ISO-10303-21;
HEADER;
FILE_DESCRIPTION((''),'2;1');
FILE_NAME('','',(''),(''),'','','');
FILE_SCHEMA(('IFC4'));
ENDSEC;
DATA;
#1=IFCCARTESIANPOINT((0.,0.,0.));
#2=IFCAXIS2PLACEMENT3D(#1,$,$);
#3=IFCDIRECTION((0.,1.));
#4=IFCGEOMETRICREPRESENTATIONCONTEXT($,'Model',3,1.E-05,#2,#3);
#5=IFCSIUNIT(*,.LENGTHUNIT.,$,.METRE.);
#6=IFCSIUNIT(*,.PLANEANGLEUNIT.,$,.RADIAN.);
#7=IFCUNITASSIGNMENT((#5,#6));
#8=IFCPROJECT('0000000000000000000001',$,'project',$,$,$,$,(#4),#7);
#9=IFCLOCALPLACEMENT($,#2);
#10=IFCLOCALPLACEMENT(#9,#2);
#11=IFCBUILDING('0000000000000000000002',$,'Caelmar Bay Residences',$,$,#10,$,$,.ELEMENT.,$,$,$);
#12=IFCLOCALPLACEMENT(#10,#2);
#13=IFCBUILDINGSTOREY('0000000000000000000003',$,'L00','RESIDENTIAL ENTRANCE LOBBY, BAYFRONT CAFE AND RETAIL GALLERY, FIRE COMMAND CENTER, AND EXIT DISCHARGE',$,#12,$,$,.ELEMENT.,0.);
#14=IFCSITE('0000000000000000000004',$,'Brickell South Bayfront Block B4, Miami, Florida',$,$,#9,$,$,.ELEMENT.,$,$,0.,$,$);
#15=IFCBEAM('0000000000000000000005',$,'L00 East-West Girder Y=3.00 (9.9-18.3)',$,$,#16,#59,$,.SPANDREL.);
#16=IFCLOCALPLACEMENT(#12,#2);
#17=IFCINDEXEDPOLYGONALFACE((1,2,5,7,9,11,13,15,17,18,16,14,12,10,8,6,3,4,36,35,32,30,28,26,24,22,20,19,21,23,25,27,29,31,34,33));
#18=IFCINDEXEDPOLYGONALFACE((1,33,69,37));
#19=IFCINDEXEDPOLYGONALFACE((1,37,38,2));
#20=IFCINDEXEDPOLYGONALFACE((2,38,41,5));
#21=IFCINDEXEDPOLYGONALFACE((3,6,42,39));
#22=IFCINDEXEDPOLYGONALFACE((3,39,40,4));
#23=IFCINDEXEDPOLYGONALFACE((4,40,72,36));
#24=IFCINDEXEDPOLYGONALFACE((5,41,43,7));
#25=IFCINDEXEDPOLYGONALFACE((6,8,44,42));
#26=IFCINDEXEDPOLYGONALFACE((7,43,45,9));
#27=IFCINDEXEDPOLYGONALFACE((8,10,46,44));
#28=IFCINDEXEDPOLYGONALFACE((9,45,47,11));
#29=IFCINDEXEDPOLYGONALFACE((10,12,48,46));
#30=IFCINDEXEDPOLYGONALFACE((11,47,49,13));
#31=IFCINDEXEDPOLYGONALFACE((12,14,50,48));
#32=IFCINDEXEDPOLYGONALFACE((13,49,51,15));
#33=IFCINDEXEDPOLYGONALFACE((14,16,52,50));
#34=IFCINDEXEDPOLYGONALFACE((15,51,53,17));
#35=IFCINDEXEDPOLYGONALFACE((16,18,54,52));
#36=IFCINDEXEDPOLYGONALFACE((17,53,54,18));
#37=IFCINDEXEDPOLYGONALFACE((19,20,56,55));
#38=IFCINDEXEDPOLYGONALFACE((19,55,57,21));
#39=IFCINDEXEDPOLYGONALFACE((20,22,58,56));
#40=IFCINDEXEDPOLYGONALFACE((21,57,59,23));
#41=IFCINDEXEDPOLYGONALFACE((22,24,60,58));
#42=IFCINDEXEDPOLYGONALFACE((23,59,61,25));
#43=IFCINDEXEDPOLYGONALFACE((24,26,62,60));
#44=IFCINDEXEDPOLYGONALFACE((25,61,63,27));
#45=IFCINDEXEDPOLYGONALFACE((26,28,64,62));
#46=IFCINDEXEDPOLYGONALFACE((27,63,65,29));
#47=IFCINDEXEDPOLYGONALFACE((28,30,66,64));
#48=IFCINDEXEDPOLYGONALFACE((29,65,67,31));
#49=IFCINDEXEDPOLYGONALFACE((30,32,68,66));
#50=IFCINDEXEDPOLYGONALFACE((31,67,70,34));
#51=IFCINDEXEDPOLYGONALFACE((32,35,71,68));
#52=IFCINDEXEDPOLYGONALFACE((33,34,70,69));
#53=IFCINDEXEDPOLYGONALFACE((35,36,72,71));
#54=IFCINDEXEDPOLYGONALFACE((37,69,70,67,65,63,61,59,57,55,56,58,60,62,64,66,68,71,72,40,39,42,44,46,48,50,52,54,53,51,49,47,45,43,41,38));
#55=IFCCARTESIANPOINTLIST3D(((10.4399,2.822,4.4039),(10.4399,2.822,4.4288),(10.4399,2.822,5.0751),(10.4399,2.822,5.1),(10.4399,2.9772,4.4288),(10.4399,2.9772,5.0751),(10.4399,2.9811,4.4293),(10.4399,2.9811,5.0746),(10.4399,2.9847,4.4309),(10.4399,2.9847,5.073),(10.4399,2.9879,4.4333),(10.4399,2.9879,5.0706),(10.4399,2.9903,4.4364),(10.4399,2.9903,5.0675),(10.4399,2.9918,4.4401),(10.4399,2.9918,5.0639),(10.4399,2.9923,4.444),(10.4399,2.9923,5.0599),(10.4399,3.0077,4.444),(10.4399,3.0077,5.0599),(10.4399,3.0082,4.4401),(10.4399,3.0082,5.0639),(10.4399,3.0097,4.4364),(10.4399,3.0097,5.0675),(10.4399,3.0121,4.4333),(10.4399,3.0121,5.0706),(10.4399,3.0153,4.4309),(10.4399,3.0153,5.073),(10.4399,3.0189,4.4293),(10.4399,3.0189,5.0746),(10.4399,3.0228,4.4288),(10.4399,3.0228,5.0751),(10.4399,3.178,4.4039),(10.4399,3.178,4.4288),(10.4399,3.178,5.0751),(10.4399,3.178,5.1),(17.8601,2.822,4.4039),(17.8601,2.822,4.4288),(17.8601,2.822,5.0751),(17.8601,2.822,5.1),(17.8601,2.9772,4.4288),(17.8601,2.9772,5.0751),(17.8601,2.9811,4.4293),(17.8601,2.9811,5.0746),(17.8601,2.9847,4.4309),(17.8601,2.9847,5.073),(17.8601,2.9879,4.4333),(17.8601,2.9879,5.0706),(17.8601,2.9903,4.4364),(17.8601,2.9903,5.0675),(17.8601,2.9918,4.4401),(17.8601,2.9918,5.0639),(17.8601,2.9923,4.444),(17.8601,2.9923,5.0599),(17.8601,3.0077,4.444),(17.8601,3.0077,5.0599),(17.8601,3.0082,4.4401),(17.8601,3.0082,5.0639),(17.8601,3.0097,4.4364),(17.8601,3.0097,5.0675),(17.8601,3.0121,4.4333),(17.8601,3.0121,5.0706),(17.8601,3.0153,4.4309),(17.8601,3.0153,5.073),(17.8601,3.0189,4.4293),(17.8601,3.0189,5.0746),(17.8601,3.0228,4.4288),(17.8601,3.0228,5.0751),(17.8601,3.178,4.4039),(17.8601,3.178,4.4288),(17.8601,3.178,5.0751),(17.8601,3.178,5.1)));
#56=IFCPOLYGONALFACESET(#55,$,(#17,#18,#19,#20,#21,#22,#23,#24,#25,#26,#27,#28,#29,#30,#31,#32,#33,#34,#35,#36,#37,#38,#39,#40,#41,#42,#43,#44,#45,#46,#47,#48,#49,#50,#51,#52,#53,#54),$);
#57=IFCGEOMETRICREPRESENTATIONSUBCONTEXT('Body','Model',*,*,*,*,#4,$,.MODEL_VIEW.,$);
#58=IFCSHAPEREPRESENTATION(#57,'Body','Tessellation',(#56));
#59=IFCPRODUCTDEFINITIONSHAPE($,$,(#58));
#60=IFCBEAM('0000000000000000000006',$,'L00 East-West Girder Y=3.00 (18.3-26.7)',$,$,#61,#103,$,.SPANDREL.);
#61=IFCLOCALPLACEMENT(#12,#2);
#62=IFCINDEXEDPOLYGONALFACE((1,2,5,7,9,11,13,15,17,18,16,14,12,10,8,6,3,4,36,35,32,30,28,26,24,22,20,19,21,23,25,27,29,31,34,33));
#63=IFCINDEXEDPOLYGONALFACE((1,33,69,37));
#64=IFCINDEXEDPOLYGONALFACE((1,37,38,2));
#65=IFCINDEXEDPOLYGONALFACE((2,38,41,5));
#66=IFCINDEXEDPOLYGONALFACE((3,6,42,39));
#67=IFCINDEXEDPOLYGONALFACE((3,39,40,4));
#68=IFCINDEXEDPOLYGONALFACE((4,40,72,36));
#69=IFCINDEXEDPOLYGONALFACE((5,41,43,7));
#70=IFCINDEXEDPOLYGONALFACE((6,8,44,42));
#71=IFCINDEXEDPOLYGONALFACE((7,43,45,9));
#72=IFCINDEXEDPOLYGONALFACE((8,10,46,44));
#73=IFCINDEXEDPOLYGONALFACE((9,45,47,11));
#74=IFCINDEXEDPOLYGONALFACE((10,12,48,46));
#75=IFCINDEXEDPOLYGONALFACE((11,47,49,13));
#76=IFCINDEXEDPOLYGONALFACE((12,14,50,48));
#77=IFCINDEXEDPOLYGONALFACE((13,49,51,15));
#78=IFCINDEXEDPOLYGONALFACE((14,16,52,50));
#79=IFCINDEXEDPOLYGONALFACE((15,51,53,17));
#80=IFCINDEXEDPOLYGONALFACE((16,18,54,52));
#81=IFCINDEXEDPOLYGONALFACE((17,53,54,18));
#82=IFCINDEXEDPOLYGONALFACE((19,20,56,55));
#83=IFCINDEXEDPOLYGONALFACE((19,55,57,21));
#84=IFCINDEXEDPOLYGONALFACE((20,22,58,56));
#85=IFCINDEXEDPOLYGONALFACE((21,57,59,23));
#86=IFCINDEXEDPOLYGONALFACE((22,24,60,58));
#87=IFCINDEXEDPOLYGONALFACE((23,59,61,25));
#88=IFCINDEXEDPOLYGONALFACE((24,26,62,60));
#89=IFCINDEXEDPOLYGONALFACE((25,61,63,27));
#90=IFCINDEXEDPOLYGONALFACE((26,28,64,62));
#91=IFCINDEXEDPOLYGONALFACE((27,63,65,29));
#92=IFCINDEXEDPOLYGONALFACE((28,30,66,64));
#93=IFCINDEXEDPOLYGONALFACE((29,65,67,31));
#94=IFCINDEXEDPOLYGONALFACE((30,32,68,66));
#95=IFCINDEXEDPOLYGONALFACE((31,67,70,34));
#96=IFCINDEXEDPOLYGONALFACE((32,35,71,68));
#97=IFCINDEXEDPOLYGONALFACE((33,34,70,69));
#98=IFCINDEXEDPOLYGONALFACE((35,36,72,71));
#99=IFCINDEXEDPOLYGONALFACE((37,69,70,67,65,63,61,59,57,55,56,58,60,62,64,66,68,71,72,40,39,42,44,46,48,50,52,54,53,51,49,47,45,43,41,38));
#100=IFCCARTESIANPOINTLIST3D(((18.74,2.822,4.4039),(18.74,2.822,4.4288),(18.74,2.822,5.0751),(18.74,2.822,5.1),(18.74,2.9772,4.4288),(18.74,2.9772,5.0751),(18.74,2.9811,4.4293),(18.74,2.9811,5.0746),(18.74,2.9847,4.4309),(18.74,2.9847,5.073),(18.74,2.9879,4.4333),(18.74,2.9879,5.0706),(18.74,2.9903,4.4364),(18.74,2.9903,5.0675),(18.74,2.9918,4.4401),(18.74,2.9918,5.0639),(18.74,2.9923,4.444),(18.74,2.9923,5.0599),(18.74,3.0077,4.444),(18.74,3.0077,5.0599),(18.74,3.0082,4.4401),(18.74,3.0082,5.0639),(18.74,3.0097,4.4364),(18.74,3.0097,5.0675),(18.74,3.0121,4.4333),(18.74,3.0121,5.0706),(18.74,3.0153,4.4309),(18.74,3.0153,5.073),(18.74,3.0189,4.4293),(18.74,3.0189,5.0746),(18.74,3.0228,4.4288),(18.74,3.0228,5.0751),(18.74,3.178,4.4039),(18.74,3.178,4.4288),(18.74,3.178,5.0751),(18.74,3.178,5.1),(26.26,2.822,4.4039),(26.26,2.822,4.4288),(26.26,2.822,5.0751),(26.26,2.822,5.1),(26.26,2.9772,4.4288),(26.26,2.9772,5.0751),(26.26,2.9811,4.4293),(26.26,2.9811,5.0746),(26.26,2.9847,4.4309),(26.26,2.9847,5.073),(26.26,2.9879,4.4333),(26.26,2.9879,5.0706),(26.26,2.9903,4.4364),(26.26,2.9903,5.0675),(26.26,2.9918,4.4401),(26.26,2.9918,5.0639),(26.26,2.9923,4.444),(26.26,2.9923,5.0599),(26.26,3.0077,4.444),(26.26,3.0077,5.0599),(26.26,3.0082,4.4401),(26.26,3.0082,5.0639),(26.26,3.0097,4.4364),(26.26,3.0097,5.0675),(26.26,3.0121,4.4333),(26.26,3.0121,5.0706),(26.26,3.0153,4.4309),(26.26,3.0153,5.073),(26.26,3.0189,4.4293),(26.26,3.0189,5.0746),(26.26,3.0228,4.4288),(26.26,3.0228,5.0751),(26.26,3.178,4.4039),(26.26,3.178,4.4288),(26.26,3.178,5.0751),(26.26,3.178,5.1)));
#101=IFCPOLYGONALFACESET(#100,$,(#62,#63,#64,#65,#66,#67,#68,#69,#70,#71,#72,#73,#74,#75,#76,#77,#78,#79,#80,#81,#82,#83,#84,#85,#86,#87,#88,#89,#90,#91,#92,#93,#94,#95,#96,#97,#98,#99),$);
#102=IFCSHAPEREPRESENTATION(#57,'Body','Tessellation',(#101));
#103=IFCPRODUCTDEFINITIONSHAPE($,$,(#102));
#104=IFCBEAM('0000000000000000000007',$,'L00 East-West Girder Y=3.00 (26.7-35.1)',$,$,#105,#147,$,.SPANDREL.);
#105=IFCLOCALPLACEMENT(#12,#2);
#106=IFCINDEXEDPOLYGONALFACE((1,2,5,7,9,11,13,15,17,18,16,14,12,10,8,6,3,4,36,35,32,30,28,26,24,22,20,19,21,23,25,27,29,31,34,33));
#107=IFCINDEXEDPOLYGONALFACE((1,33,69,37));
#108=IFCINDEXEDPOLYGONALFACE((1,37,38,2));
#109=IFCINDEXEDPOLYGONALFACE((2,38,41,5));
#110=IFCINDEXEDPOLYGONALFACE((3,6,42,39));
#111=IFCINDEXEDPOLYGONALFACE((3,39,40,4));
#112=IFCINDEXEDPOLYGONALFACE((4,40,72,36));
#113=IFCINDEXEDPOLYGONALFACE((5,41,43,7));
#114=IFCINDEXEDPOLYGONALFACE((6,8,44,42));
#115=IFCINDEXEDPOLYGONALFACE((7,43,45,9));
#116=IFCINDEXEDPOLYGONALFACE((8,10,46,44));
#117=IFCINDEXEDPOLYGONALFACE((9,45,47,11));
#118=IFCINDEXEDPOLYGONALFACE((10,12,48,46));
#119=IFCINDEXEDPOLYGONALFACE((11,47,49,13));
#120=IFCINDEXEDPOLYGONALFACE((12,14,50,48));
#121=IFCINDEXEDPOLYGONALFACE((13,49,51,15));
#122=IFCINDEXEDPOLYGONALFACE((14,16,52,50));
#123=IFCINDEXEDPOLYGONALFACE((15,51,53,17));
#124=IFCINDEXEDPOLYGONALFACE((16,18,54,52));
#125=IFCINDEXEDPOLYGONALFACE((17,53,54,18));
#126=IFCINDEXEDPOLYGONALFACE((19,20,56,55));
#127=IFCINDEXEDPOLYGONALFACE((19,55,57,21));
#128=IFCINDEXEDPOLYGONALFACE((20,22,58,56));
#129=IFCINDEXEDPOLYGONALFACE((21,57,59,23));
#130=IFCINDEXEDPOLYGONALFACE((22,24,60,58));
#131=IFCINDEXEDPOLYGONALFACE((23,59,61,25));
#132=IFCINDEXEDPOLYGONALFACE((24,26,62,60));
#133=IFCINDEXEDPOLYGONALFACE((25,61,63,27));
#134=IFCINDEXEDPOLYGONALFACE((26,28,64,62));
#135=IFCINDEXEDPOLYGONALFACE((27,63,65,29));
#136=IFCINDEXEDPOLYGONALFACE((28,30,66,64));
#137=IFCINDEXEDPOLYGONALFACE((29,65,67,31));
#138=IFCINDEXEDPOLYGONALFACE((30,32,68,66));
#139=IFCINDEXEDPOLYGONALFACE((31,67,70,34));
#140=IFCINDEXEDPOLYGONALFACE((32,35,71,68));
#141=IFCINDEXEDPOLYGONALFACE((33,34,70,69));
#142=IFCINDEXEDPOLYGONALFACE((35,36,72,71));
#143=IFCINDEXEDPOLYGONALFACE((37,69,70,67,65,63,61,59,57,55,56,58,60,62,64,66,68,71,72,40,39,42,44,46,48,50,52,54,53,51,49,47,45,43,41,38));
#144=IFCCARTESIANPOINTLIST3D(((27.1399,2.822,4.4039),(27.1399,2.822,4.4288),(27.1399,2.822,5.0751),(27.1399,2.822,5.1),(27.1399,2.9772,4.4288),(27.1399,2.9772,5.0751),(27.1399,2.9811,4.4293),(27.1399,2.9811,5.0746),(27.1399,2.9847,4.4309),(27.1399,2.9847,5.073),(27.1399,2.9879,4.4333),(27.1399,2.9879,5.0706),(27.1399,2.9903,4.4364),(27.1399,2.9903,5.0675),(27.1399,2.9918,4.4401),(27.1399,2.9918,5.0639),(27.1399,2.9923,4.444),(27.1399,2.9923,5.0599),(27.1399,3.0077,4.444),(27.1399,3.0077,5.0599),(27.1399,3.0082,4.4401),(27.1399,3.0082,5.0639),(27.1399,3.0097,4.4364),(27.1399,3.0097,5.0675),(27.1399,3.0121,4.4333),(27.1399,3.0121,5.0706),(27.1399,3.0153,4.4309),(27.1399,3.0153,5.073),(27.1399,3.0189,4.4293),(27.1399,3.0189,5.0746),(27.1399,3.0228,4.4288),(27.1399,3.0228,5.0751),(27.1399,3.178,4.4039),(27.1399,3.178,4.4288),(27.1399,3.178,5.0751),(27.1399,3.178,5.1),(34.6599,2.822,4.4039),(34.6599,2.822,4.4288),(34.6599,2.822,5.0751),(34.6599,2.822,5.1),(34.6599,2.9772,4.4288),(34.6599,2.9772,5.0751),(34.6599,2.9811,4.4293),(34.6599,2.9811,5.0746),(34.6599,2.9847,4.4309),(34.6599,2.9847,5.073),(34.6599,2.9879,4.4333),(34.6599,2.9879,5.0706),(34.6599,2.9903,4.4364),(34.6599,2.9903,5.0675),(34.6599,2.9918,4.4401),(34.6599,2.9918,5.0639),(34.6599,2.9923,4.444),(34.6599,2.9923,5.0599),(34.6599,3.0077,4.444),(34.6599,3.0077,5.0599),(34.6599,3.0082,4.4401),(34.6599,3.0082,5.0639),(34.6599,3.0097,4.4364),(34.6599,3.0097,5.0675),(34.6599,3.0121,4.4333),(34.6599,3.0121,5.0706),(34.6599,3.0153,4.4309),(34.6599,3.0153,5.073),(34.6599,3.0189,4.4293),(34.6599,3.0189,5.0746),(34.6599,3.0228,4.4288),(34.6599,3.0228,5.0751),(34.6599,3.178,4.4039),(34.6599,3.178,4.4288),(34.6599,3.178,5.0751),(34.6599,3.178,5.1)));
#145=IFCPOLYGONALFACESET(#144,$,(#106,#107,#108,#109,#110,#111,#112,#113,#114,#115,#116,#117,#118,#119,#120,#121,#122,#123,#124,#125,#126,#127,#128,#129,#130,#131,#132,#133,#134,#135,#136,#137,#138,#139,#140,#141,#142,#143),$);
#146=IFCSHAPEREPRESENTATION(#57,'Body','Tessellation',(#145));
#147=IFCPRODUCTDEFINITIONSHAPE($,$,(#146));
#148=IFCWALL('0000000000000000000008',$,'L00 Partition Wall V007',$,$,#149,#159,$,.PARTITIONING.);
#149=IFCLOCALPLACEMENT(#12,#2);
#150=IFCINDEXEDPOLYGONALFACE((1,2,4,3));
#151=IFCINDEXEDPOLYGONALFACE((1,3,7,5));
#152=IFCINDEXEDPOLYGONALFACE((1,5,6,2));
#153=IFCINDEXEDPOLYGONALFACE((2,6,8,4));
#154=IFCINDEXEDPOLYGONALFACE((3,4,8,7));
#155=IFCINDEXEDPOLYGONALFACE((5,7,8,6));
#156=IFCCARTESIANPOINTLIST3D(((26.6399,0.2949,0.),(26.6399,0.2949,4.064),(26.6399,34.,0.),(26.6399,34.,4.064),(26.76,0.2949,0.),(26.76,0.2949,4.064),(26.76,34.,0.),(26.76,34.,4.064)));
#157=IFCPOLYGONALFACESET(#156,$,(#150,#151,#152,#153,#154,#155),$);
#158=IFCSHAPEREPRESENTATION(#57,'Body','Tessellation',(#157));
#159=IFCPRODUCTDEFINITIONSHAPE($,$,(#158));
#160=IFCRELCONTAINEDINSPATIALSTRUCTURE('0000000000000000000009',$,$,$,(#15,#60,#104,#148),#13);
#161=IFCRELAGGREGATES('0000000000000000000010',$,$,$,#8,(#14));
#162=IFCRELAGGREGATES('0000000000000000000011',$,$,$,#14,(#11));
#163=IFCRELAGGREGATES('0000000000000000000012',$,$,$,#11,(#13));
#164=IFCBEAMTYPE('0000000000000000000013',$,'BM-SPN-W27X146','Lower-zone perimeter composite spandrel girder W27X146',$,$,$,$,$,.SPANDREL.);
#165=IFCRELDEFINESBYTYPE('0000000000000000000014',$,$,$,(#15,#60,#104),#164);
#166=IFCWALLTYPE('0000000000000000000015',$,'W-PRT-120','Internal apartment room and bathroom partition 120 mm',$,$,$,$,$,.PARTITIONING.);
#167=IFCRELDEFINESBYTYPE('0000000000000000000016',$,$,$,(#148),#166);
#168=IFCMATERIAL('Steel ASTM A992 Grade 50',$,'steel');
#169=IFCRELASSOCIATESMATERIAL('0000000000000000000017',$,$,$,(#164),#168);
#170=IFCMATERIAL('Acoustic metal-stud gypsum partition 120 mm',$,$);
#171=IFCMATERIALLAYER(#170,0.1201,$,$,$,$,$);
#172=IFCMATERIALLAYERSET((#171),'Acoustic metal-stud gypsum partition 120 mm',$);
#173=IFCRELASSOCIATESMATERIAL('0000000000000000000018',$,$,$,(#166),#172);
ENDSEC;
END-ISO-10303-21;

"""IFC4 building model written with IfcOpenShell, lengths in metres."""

from ifc_helpers import new_model, si_unit, direction, frame, frame_2d, origin, origin_2d, place, context, subcontext, project, spatial, rectangle, i_section, extrude, material, layer, layer_set, material_profile, profile_set, type_object, element, save


model = new_model("IFC4")

# Units and contexts
model_context = context("Model", 3, precision=1e-05, world=origin(), true_north=direction((0.0, 1.0)))
body_context = subcontext(model_context, "Body", "Model", "MODEL_VIEW")
ifc_project = project(units=[si_unit("LENGTHUNIT", "METRE"), si_unit("PLANEANGLEUNIT", "RADIAN")], contexts=[model_context])

# Site, building, storey
site_placement = place(None, origin())
site = spatial("IfcSite", under=ifc_project, at=site_placement, Name="Brickell South Bayfront Block B4, Miami, Florida", CompositionType="ELEMENT", RefElevation=0.0)
building_placement = place(site_placement, origin())
building = spatial("IfcBuilding", under=site, at=building_placement, Name="Caelmar Bay Residences", CompositionType="ELEMENT")
storey_placement = place(building_placement, origin())
storey = spatial("IfcBuildingStorey", under=building, at=storey_placement, Name="L00", Description="RESIDENTIAL ENTRANCE LOBBY, BAYFRONT CAFE AND RETAIL GALLERY, FIRE COMMAND CENTER, AND EXIT DISCHARGE", CompositionType="ELEMENT", Elevation=0.0)

# Beams
ifc_material_1 = material(Name="Steel ASTM A992 Grade 50", Category="steel")
ifc_material_profile_1 = material_profile(ifc_material_1, i_section(OverallWidth=0.356, OverallDepth=0.696, WebThickness=0.0154, FlangeThickness=0.0249, FilletRadius=0.0151, at=origin_2d()), Name="W27X146")
ifc_profile_set_1 = profile_set([ifc_material_profile_1], Name="Steel ASTM A992 Grade 50")
beam_type_1 = type_object("IfcBeamType", Name="BM-SPN-W27X146", Description="Lower-zone perimeter composite spandrel girder W27X146", PredefinedType="SPANDREL", material=ifc_profile_set_1)
beam_1_placement = place(storey_placement, frame((10.4399, 3.0, 4.752), z_axis=(1.0, 0.0, 0.0), x_axis=(0.0, 1.0, 0.0)))
element("IfcBeam", 1, at=beam_1_placement, inside=storey, type_object=beam_type_1, Name="L00 East-West Girder Y=3.00 (9.9-18.3)", PredefinedType="SPANDREL", context=body_context, shape_type="SweptSolid", body=[
    extrude(i_section(OverallWidth=0.356, OverallDepth=0.696, WebThickness=0.0154, FlangeThickness=0.0249, FilletRadius=0.0151, at=origin_2d()), origin(), (0.0, 0.0, 1.0), 7.4202),
])
for number, where, z_axis, x_axis, name in (
    (2, (18.74, 3.0, 4.752), (1.0, 0.0, 0.0), (0.0, 1.0, 0.0), "L00 East-West Girder Y=3.00 (18.3-26.7)"),
    (3, (27.1399, 3.0, 4.752), (1.0, 0.0, 0.0), (0.0, 1.0, 0.0), "L00 East-West Girder Y=3.00 (26.7-35.1)"),
):
    element("IfcBeam", number, at=place(storey_placement, frame(where, z_axis=z_axis, x_axis=x_axis)), inside=storey, type_object=beam_type_1, Name=name, PredefinedType="SPANDREL", context=body_context, shape_type="SweptSolid", body=[
        extrude(i_section(OverallWidth=0.356, OverallDepth=0.696, WebThickness=0.0154, FlangeThickness=0.0249, FilletRadius=0.0151, at=origin_2d()), origin(), (0.0, 0.0, 1.0), 7.52),
    ])

# Wall
ifc_material_2 = material(Name="Acoustic metal-stud gypsum partition 120 mm")
ifc_layer = layer(ifc_material_2, 0.1201)
ifc_layer_set = layer_set([ifc_layer], Name="Acoustic metal-stud gypsum partition 120 mm")
wall_type = type_object("IfcWallType", Name="W-PRT-120", Description="Internal apartment room and bathroom partition 120 mm", PredefinedType="PARTITIONING", material=ifc_layer_set)
wall_placement = place(storey_placement, frame((26.7, 0.2949, 0.0), z_axis=(0.0, 0.0, 1.0), x_axis=(0.0, 1.0, 0.0)))
element("IfcWall", 4, at=wall_placement, inside=storey, type_object=wall_type, Name="L00 Partition Wall V007", PredefinedType="PARTITIONING", context=body_context, shape_type="SweptSolid", body=[
    extrude(rectangle(XDim=33.7051, YDim=0.1201, at=frame_2d((16.8525, 0.0))), origin(), (0.0, 0.0, 1.0), 4.064),
])

save(model, "model.ifc")
